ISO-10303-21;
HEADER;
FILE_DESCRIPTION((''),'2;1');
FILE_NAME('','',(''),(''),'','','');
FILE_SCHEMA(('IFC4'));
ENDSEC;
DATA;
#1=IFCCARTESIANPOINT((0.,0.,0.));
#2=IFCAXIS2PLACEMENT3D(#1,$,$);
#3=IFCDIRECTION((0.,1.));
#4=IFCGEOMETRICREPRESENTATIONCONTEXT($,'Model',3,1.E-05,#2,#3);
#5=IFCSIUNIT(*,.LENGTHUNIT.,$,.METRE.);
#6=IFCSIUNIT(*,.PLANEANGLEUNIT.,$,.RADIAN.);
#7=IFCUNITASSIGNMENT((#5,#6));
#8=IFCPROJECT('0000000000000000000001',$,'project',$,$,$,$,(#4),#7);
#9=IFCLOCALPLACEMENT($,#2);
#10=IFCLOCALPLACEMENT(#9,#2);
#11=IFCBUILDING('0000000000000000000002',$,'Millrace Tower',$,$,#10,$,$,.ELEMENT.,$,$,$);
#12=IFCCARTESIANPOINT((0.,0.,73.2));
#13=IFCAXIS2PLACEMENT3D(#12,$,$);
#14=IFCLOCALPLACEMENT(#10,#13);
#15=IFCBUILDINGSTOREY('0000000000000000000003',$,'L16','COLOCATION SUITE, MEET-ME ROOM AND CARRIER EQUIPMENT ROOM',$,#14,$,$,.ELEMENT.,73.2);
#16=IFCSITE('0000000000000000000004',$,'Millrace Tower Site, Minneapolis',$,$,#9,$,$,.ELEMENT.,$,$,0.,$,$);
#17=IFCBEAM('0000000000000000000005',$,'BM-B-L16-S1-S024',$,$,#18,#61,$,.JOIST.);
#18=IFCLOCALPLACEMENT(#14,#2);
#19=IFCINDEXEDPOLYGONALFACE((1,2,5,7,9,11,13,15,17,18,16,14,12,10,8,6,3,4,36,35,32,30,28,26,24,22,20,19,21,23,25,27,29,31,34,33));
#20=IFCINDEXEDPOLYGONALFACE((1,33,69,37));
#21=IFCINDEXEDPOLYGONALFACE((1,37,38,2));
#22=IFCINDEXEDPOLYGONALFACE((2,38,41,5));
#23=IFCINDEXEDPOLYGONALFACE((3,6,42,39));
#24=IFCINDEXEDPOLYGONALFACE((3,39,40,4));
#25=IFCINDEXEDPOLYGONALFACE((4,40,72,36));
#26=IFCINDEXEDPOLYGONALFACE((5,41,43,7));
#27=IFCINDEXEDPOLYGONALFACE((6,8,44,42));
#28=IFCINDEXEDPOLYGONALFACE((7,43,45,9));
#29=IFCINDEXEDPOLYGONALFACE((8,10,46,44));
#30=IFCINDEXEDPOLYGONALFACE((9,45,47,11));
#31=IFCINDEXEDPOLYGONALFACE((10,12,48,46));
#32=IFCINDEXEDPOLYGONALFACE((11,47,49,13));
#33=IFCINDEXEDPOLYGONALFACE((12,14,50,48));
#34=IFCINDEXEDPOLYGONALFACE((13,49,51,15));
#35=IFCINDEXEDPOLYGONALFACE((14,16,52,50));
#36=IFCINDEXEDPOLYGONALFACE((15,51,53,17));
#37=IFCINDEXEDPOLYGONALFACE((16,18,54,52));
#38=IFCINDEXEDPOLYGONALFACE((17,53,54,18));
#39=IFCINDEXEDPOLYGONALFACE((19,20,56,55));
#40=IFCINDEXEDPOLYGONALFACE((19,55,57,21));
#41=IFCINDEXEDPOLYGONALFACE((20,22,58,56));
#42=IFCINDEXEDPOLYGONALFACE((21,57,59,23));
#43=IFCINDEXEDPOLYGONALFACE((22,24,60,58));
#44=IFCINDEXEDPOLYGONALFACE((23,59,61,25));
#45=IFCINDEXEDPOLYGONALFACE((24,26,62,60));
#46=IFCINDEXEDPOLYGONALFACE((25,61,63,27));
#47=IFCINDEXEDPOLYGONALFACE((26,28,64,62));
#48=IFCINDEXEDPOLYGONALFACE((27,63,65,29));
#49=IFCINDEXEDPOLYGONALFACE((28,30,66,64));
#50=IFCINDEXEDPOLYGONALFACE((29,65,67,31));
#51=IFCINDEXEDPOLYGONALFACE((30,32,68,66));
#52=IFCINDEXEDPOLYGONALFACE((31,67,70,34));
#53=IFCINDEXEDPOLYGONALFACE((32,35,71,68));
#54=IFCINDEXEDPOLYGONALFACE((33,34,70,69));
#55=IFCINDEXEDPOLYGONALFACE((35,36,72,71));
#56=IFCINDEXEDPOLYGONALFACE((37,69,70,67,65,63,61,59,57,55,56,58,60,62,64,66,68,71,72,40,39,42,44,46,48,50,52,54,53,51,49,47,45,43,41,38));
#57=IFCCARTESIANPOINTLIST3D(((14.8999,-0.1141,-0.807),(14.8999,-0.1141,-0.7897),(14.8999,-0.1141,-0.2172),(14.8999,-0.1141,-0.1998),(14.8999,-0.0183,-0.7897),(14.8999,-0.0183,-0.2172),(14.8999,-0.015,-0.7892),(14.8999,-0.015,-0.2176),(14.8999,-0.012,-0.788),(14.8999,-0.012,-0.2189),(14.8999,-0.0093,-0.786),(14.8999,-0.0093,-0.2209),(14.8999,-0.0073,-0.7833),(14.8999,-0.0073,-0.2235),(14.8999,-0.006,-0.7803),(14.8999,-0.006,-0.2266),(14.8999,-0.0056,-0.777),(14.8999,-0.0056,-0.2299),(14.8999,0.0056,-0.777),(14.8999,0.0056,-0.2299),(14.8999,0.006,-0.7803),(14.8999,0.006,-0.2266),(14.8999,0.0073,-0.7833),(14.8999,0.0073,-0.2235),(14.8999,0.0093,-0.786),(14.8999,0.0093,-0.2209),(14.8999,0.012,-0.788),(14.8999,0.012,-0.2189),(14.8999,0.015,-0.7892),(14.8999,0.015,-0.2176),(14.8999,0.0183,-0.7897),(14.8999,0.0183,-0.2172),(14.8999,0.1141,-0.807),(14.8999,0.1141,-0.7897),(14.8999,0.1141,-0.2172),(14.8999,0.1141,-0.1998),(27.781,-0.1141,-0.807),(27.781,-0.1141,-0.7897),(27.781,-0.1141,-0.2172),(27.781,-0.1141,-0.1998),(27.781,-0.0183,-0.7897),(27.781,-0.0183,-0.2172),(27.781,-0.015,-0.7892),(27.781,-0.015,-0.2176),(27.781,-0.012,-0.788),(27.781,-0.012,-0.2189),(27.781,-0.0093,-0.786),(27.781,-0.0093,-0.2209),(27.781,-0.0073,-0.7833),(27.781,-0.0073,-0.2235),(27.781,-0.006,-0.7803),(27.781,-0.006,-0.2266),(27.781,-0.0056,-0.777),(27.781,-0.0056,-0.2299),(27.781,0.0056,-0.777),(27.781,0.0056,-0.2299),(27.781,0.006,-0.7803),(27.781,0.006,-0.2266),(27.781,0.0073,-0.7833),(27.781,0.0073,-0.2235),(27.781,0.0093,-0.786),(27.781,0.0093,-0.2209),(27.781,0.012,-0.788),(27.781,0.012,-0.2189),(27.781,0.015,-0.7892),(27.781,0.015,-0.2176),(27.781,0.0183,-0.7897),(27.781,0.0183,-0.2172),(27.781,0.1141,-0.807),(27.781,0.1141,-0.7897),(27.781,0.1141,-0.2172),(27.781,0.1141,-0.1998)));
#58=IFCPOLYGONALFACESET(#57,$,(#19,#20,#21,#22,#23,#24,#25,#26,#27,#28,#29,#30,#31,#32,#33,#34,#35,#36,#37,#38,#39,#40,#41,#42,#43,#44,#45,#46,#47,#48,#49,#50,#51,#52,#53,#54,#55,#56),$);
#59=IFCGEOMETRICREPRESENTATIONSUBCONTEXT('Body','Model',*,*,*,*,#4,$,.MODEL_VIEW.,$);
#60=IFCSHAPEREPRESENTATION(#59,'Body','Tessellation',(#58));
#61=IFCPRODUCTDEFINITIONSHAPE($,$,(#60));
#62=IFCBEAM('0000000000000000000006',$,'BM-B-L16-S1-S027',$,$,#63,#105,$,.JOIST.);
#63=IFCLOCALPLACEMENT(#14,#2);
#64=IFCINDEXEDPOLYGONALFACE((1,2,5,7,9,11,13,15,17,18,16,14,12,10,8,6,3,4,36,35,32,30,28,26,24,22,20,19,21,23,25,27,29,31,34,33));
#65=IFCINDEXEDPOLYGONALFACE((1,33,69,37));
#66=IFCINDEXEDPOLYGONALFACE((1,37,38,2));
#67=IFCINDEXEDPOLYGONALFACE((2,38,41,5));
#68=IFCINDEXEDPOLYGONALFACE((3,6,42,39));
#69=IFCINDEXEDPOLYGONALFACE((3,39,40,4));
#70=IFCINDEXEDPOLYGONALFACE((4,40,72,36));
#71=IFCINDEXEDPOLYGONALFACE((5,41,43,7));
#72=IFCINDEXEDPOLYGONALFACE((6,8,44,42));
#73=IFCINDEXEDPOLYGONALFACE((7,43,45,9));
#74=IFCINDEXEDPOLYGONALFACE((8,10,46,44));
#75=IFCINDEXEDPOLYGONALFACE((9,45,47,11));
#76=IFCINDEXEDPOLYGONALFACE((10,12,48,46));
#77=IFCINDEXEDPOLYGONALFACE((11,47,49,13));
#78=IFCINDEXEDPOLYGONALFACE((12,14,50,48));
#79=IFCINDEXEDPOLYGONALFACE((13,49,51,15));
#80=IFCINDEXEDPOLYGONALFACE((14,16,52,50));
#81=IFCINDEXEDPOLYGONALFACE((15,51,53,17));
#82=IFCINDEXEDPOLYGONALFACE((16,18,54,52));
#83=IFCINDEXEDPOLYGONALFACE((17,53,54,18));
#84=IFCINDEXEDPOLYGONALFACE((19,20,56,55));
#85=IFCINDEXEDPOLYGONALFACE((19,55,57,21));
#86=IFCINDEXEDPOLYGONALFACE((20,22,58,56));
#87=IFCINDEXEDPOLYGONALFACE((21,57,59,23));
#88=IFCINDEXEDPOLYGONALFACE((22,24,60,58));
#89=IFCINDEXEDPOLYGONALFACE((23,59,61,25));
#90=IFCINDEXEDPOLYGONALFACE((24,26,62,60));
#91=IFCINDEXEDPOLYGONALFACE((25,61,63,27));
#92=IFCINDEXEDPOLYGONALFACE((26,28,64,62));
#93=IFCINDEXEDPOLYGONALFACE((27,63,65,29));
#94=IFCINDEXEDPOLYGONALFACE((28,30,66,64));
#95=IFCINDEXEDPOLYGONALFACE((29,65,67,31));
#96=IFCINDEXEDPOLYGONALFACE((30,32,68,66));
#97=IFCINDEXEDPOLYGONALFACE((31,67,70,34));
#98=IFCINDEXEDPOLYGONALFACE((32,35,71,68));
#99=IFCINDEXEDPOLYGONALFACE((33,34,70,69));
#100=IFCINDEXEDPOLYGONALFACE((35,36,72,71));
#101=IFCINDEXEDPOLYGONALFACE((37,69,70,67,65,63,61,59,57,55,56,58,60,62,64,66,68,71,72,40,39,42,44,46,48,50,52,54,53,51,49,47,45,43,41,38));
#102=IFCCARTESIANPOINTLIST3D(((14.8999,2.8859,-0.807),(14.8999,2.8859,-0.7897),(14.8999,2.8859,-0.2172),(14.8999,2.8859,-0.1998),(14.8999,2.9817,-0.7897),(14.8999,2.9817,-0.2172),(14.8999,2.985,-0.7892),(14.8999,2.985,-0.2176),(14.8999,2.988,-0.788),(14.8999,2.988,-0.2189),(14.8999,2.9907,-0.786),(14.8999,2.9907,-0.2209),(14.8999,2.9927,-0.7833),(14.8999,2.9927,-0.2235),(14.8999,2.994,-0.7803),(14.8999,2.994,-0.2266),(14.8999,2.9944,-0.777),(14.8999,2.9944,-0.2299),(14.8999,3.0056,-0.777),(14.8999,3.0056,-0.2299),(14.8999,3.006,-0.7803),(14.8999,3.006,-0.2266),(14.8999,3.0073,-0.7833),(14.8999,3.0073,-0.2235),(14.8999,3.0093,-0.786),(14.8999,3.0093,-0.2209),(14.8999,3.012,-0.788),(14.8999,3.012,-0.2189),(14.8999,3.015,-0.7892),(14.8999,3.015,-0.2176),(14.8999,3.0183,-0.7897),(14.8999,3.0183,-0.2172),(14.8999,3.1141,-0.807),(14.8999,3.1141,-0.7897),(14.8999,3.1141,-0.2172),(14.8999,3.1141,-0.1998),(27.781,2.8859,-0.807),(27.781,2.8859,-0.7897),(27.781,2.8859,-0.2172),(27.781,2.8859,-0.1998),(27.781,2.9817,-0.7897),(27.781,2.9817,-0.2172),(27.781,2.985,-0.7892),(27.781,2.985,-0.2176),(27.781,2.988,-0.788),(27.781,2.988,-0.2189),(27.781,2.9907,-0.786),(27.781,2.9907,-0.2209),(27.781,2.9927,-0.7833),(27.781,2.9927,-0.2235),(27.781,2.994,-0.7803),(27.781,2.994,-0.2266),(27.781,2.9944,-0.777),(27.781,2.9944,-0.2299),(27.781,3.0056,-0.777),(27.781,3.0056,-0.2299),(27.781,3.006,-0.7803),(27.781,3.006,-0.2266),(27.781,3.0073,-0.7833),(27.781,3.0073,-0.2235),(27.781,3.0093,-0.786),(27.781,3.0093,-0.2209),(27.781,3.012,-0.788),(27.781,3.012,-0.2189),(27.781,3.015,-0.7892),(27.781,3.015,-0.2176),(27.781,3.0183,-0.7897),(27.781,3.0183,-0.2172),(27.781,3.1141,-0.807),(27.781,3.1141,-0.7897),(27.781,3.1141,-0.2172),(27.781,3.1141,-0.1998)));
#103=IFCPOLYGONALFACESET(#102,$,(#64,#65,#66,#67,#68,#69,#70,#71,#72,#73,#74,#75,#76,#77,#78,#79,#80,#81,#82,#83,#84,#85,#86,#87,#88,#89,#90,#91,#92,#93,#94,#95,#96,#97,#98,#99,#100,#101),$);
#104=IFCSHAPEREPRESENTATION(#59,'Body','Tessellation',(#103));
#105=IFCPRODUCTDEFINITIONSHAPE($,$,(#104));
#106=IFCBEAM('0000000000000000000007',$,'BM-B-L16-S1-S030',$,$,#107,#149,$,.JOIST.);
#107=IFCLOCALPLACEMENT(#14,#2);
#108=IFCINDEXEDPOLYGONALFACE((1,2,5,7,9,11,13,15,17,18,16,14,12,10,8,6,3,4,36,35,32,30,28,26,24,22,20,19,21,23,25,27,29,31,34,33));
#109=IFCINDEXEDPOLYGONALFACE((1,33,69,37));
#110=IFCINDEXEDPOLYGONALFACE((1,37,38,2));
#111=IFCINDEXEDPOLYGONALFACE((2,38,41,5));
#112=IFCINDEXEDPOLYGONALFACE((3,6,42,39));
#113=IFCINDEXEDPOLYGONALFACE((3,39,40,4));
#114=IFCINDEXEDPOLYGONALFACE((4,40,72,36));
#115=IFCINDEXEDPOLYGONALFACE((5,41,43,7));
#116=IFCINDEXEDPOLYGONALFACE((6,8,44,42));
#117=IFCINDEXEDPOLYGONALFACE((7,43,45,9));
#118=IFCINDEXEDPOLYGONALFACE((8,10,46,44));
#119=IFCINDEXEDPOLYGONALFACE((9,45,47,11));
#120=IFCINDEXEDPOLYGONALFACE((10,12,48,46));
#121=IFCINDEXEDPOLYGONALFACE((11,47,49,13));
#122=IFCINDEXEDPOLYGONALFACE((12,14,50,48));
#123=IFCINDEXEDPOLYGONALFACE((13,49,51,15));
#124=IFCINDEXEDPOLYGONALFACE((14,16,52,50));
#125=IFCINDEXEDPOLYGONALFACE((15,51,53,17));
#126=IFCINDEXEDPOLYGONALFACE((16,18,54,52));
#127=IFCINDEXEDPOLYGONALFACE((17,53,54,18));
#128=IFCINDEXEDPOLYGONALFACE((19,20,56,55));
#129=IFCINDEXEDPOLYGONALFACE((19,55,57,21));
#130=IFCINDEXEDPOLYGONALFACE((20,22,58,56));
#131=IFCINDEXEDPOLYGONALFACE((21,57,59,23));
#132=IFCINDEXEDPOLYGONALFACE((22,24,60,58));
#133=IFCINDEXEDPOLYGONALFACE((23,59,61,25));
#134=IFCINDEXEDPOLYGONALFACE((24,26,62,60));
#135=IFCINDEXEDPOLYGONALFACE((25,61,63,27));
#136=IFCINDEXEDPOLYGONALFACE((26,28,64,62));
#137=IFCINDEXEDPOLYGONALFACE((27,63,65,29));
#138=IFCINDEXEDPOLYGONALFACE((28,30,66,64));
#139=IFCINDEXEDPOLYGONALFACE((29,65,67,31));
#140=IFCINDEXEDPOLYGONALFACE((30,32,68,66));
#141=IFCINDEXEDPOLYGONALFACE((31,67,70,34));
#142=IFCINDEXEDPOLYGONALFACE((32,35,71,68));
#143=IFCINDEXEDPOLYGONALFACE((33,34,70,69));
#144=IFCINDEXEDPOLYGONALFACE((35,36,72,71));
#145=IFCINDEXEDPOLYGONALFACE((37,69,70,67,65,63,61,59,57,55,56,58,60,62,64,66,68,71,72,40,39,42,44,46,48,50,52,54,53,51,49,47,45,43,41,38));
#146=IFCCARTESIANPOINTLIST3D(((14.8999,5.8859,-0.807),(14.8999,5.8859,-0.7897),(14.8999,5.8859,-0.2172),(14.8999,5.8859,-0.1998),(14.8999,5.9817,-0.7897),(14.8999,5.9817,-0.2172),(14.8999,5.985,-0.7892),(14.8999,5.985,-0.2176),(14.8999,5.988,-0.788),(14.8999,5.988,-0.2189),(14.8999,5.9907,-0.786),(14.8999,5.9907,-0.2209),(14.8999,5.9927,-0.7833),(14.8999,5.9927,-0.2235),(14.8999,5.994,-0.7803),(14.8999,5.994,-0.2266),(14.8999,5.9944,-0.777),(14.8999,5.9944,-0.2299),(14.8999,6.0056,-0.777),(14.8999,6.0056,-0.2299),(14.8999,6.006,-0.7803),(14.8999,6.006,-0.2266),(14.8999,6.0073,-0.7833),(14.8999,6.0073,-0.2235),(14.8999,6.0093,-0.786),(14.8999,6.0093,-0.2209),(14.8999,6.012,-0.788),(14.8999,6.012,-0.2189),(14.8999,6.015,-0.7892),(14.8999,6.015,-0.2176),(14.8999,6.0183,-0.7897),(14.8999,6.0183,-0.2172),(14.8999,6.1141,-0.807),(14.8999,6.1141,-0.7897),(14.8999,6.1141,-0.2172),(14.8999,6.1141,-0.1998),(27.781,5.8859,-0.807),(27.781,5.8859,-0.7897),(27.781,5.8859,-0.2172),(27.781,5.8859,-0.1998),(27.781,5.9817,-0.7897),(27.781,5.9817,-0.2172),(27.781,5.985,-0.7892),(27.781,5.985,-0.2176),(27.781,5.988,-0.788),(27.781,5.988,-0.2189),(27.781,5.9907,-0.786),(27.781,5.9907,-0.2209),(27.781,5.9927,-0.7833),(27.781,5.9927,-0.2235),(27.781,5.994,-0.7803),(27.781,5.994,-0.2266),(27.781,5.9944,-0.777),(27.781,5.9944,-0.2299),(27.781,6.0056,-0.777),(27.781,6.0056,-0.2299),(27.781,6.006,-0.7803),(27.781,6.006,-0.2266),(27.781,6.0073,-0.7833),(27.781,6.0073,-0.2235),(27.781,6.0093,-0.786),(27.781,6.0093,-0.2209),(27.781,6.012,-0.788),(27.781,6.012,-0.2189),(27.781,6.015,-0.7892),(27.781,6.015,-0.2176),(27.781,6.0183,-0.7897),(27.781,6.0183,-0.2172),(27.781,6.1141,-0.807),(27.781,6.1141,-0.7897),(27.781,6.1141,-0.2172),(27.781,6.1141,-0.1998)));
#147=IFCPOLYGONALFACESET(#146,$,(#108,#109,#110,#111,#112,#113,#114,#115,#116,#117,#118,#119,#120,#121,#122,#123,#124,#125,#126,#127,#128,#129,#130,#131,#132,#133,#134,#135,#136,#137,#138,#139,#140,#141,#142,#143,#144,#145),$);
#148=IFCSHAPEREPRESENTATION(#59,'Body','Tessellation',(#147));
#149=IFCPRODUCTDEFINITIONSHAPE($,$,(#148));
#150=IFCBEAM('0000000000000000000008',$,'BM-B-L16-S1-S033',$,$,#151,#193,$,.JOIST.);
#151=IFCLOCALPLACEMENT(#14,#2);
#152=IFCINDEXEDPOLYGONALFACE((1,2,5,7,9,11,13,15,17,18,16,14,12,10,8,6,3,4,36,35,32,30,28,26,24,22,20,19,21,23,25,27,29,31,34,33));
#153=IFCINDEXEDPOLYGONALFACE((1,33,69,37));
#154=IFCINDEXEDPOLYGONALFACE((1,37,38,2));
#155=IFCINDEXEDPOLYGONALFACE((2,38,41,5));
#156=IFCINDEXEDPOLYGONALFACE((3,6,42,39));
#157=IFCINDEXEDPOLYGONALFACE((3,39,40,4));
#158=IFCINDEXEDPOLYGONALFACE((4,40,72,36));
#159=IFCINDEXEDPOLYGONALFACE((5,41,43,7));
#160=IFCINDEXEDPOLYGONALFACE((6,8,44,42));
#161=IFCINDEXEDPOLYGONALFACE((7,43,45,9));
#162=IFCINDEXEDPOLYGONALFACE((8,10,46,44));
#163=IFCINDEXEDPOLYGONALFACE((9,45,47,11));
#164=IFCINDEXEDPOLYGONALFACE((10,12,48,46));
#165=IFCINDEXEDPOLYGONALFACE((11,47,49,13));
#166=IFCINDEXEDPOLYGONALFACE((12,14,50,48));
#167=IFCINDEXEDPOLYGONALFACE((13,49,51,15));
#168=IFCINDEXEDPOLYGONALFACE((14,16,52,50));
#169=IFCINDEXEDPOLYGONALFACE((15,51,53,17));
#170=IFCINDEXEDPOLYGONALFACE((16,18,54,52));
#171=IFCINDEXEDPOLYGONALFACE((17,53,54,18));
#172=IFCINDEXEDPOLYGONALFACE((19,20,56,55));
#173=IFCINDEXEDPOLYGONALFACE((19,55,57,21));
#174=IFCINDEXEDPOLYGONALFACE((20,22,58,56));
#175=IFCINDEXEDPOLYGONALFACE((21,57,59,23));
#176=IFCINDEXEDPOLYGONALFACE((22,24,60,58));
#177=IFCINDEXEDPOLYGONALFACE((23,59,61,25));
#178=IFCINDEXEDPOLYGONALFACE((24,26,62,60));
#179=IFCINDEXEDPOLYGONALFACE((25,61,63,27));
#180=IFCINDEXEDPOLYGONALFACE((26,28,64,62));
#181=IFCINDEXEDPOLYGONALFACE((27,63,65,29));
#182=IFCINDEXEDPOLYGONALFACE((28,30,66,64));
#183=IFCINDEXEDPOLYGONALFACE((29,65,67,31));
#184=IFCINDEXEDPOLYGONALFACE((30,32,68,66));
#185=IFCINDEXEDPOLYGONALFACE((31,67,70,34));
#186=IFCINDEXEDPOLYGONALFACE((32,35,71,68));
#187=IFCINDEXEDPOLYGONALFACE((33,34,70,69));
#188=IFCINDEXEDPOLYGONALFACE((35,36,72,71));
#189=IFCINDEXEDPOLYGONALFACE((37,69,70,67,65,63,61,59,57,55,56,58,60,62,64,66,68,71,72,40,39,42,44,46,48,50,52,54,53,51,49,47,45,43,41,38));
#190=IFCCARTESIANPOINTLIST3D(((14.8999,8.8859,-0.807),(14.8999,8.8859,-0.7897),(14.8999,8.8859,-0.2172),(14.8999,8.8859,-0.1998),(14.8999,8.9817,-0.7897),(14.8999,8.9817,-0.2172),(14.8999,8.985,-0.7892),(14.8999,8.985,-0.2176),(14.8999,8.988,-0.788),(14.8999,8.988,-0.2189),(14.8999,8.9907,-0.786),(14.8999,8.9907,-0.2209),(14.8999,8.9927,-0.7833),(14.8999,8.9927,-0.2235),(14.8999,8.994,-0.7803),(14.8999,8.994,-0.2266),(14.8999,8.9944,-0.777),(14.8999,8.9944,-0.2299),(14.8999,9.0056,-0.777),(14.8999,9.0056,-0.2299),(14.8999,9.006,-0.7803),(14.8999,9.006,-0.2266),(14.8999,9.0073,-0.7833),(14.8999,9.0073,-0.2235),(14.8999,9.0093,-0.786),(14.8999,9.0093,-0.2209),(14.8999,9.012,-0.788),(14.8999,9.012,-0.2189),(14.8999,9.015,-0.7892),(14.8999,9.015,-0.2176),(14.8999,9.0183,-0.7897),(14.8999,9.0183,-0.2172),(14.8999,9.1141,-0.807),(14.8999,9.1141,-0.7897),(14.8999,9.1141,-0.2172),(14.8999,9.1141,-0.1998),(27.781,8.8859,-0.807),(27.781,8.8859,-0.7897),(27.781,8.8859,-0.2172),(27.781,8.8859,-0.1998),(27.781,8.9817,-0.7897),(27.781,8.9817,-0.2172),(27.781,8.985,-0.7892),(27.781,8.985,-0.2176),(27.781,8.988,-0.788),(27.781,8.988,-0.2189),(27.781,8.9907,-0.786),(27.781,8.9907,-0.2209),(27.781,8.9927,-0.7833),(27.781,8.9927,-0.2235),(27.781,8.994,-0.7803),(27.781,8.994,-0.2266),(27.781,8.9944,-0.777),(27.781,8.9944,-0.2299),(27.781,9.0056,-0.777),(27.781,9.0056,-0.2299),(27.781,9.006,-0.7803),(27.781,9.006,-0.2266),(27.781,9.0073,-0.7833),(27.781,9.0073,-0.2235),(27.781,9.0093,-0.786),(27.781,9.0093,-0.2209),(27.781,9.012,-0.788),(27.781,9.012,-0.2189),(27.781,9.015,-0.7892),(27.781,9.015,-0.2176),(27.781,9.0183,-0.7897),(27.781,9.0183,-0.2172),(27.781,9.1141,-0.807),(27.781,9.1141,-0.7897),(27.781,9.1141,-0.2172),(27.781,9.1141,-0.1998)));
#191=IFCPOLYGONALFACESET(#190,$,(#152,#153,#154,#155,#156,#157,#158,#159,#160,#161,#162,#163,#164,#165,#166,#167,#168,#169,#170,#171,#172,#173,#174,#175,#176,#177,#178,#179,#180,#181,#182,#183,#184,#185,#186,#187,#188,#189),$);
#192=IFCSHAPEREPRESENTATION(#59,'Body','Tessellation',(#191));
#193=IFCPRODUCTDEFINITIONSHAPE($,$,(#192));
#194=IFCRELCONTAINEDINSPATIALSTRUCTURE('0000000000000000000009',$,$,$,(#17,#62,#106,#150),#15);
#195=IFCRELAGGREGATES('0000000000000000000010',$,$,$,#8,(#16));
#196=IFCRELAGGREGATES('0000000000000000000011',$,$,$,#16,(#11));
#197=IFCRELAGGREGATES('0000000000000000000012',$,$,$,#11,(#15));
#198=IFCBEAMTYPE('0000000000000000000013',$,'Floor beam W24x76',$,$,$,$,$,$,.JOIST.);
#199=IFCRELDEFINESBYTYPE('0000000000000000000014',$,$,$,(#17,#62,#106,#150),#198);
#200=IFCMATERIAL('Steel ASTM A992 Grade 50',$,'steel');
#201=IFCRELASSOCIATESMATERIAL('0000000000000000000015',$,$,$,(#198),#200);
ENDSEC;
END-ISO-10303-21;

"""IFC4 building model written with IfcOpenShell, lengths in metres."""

from ifc_helpers import new_model, si_unit, direction, frame, origin, origin_2d, place, context, subcontext, project, spatial, i_section, extrude, material, material_profile, profile_set, type_object, element, save


model = new_model("IFC4")

# Units and contexts
model_context = context("Model", 3, precision=1e-05, world=origin(), true_north=direction((0.0, 1.0)))
body_context = subcontext(model_context, "Body", "Model", "MODEL_VIEW")
ifc_project = project(units=[si_unit("LENGTHUNIT", "METRE"), si_unit("PLANEANGLEUNIT", "RADIAN")], contexts=[model_context])

# Site, building, storey
site_placement = place(None, origin())
site = spatial("IfcSite", under=ifc_project, at=site_placement, Name="Millrace Tower Site, Minneapolis", CompositionType="ELEMENT", RefElevation=0.0)
building_placement = place(site_placement, origin())
building = spatial("IfcBuilding", under=site, at=building_placement, Name="Millrace Tower", CompositionType="ELEMENT")
storey_placement = place(building_placement, frame((0.0, 0.0, 73.2)))
storey = spatial("IfcBuildingStorey", under=building, at=storey_placement, Name="L16", Description="COLOCATION SUITE, MEET-ME ROOM AND CARRIER EQUIPMENT ROOM", CompositionType="ELEMENT", Elevation=73.2)

# Beams
ifc_material_1 = material(Name="Steel ASTM A992 Grade 50", Category="steel")
ifc_material_profile_1 = material_profile(ifc_material_1, i_section(OverallWidth=0.2283, OverallDepth=0.6072, WebThickness=0.0112, FlangeThickness=0.0173, FilletRadius=0.0127, at=origin_2d()))
ifc_profile_set_1 = profile_set([ifc_material_profile_1], Name="Steel ASTM A992 Grade 50")
beam_type_1 = type_object("IfcBeamType", Name="Floor beam W24x76", PredefinedType="JOIST", material=ifc_profile_set_1)
for number, where, z_axis, x_axis, name in (
    (1, (14.8999, 0.0, -0.5034), (1.0, 0.0, 0.0), (0.0, 1.0, 0.0), "BM-B-L16-S1-S024"),
    (2, (14.8999, 3.0, -0.5034), (1.0, 0.0, 0.0), (0.0, 1.0, 0.0), "BM-B-L16-S1-S027"),
    (3, (14.8999, 6.0, -0.5034), (1.0, 0.0, 0.0), (0.0, 1.0, 0.0), "BM-B-L16-S1-S030"),
    (4, (14.8999, 9.0, -0.5034), (1.0, 0.0, 0.0), (0.0, 1.0, 0.0), "BM-B-L16-S1-S033"),
):
    element("IfcBeam", number, at=place(storey_placement, frame(where, z_axis=z_axis, x_axis=x_axis)), inside=storey, type_object=beam_type_1, Name=name, PredefinedType="JOIST", context=body_context, shape_type="SweptSolid", body=[
        extrude(i_section(OverallWidth=0.2283, OverallDepth=0.6072, WebThickness=0.0112, FlangeThickness=0.0173, FilletRadius=0.0127, at=origin_2d()), origin(), (0.0, 0.0, 1.0), 12.8811),
    ])

save(model, "model.ifc")
